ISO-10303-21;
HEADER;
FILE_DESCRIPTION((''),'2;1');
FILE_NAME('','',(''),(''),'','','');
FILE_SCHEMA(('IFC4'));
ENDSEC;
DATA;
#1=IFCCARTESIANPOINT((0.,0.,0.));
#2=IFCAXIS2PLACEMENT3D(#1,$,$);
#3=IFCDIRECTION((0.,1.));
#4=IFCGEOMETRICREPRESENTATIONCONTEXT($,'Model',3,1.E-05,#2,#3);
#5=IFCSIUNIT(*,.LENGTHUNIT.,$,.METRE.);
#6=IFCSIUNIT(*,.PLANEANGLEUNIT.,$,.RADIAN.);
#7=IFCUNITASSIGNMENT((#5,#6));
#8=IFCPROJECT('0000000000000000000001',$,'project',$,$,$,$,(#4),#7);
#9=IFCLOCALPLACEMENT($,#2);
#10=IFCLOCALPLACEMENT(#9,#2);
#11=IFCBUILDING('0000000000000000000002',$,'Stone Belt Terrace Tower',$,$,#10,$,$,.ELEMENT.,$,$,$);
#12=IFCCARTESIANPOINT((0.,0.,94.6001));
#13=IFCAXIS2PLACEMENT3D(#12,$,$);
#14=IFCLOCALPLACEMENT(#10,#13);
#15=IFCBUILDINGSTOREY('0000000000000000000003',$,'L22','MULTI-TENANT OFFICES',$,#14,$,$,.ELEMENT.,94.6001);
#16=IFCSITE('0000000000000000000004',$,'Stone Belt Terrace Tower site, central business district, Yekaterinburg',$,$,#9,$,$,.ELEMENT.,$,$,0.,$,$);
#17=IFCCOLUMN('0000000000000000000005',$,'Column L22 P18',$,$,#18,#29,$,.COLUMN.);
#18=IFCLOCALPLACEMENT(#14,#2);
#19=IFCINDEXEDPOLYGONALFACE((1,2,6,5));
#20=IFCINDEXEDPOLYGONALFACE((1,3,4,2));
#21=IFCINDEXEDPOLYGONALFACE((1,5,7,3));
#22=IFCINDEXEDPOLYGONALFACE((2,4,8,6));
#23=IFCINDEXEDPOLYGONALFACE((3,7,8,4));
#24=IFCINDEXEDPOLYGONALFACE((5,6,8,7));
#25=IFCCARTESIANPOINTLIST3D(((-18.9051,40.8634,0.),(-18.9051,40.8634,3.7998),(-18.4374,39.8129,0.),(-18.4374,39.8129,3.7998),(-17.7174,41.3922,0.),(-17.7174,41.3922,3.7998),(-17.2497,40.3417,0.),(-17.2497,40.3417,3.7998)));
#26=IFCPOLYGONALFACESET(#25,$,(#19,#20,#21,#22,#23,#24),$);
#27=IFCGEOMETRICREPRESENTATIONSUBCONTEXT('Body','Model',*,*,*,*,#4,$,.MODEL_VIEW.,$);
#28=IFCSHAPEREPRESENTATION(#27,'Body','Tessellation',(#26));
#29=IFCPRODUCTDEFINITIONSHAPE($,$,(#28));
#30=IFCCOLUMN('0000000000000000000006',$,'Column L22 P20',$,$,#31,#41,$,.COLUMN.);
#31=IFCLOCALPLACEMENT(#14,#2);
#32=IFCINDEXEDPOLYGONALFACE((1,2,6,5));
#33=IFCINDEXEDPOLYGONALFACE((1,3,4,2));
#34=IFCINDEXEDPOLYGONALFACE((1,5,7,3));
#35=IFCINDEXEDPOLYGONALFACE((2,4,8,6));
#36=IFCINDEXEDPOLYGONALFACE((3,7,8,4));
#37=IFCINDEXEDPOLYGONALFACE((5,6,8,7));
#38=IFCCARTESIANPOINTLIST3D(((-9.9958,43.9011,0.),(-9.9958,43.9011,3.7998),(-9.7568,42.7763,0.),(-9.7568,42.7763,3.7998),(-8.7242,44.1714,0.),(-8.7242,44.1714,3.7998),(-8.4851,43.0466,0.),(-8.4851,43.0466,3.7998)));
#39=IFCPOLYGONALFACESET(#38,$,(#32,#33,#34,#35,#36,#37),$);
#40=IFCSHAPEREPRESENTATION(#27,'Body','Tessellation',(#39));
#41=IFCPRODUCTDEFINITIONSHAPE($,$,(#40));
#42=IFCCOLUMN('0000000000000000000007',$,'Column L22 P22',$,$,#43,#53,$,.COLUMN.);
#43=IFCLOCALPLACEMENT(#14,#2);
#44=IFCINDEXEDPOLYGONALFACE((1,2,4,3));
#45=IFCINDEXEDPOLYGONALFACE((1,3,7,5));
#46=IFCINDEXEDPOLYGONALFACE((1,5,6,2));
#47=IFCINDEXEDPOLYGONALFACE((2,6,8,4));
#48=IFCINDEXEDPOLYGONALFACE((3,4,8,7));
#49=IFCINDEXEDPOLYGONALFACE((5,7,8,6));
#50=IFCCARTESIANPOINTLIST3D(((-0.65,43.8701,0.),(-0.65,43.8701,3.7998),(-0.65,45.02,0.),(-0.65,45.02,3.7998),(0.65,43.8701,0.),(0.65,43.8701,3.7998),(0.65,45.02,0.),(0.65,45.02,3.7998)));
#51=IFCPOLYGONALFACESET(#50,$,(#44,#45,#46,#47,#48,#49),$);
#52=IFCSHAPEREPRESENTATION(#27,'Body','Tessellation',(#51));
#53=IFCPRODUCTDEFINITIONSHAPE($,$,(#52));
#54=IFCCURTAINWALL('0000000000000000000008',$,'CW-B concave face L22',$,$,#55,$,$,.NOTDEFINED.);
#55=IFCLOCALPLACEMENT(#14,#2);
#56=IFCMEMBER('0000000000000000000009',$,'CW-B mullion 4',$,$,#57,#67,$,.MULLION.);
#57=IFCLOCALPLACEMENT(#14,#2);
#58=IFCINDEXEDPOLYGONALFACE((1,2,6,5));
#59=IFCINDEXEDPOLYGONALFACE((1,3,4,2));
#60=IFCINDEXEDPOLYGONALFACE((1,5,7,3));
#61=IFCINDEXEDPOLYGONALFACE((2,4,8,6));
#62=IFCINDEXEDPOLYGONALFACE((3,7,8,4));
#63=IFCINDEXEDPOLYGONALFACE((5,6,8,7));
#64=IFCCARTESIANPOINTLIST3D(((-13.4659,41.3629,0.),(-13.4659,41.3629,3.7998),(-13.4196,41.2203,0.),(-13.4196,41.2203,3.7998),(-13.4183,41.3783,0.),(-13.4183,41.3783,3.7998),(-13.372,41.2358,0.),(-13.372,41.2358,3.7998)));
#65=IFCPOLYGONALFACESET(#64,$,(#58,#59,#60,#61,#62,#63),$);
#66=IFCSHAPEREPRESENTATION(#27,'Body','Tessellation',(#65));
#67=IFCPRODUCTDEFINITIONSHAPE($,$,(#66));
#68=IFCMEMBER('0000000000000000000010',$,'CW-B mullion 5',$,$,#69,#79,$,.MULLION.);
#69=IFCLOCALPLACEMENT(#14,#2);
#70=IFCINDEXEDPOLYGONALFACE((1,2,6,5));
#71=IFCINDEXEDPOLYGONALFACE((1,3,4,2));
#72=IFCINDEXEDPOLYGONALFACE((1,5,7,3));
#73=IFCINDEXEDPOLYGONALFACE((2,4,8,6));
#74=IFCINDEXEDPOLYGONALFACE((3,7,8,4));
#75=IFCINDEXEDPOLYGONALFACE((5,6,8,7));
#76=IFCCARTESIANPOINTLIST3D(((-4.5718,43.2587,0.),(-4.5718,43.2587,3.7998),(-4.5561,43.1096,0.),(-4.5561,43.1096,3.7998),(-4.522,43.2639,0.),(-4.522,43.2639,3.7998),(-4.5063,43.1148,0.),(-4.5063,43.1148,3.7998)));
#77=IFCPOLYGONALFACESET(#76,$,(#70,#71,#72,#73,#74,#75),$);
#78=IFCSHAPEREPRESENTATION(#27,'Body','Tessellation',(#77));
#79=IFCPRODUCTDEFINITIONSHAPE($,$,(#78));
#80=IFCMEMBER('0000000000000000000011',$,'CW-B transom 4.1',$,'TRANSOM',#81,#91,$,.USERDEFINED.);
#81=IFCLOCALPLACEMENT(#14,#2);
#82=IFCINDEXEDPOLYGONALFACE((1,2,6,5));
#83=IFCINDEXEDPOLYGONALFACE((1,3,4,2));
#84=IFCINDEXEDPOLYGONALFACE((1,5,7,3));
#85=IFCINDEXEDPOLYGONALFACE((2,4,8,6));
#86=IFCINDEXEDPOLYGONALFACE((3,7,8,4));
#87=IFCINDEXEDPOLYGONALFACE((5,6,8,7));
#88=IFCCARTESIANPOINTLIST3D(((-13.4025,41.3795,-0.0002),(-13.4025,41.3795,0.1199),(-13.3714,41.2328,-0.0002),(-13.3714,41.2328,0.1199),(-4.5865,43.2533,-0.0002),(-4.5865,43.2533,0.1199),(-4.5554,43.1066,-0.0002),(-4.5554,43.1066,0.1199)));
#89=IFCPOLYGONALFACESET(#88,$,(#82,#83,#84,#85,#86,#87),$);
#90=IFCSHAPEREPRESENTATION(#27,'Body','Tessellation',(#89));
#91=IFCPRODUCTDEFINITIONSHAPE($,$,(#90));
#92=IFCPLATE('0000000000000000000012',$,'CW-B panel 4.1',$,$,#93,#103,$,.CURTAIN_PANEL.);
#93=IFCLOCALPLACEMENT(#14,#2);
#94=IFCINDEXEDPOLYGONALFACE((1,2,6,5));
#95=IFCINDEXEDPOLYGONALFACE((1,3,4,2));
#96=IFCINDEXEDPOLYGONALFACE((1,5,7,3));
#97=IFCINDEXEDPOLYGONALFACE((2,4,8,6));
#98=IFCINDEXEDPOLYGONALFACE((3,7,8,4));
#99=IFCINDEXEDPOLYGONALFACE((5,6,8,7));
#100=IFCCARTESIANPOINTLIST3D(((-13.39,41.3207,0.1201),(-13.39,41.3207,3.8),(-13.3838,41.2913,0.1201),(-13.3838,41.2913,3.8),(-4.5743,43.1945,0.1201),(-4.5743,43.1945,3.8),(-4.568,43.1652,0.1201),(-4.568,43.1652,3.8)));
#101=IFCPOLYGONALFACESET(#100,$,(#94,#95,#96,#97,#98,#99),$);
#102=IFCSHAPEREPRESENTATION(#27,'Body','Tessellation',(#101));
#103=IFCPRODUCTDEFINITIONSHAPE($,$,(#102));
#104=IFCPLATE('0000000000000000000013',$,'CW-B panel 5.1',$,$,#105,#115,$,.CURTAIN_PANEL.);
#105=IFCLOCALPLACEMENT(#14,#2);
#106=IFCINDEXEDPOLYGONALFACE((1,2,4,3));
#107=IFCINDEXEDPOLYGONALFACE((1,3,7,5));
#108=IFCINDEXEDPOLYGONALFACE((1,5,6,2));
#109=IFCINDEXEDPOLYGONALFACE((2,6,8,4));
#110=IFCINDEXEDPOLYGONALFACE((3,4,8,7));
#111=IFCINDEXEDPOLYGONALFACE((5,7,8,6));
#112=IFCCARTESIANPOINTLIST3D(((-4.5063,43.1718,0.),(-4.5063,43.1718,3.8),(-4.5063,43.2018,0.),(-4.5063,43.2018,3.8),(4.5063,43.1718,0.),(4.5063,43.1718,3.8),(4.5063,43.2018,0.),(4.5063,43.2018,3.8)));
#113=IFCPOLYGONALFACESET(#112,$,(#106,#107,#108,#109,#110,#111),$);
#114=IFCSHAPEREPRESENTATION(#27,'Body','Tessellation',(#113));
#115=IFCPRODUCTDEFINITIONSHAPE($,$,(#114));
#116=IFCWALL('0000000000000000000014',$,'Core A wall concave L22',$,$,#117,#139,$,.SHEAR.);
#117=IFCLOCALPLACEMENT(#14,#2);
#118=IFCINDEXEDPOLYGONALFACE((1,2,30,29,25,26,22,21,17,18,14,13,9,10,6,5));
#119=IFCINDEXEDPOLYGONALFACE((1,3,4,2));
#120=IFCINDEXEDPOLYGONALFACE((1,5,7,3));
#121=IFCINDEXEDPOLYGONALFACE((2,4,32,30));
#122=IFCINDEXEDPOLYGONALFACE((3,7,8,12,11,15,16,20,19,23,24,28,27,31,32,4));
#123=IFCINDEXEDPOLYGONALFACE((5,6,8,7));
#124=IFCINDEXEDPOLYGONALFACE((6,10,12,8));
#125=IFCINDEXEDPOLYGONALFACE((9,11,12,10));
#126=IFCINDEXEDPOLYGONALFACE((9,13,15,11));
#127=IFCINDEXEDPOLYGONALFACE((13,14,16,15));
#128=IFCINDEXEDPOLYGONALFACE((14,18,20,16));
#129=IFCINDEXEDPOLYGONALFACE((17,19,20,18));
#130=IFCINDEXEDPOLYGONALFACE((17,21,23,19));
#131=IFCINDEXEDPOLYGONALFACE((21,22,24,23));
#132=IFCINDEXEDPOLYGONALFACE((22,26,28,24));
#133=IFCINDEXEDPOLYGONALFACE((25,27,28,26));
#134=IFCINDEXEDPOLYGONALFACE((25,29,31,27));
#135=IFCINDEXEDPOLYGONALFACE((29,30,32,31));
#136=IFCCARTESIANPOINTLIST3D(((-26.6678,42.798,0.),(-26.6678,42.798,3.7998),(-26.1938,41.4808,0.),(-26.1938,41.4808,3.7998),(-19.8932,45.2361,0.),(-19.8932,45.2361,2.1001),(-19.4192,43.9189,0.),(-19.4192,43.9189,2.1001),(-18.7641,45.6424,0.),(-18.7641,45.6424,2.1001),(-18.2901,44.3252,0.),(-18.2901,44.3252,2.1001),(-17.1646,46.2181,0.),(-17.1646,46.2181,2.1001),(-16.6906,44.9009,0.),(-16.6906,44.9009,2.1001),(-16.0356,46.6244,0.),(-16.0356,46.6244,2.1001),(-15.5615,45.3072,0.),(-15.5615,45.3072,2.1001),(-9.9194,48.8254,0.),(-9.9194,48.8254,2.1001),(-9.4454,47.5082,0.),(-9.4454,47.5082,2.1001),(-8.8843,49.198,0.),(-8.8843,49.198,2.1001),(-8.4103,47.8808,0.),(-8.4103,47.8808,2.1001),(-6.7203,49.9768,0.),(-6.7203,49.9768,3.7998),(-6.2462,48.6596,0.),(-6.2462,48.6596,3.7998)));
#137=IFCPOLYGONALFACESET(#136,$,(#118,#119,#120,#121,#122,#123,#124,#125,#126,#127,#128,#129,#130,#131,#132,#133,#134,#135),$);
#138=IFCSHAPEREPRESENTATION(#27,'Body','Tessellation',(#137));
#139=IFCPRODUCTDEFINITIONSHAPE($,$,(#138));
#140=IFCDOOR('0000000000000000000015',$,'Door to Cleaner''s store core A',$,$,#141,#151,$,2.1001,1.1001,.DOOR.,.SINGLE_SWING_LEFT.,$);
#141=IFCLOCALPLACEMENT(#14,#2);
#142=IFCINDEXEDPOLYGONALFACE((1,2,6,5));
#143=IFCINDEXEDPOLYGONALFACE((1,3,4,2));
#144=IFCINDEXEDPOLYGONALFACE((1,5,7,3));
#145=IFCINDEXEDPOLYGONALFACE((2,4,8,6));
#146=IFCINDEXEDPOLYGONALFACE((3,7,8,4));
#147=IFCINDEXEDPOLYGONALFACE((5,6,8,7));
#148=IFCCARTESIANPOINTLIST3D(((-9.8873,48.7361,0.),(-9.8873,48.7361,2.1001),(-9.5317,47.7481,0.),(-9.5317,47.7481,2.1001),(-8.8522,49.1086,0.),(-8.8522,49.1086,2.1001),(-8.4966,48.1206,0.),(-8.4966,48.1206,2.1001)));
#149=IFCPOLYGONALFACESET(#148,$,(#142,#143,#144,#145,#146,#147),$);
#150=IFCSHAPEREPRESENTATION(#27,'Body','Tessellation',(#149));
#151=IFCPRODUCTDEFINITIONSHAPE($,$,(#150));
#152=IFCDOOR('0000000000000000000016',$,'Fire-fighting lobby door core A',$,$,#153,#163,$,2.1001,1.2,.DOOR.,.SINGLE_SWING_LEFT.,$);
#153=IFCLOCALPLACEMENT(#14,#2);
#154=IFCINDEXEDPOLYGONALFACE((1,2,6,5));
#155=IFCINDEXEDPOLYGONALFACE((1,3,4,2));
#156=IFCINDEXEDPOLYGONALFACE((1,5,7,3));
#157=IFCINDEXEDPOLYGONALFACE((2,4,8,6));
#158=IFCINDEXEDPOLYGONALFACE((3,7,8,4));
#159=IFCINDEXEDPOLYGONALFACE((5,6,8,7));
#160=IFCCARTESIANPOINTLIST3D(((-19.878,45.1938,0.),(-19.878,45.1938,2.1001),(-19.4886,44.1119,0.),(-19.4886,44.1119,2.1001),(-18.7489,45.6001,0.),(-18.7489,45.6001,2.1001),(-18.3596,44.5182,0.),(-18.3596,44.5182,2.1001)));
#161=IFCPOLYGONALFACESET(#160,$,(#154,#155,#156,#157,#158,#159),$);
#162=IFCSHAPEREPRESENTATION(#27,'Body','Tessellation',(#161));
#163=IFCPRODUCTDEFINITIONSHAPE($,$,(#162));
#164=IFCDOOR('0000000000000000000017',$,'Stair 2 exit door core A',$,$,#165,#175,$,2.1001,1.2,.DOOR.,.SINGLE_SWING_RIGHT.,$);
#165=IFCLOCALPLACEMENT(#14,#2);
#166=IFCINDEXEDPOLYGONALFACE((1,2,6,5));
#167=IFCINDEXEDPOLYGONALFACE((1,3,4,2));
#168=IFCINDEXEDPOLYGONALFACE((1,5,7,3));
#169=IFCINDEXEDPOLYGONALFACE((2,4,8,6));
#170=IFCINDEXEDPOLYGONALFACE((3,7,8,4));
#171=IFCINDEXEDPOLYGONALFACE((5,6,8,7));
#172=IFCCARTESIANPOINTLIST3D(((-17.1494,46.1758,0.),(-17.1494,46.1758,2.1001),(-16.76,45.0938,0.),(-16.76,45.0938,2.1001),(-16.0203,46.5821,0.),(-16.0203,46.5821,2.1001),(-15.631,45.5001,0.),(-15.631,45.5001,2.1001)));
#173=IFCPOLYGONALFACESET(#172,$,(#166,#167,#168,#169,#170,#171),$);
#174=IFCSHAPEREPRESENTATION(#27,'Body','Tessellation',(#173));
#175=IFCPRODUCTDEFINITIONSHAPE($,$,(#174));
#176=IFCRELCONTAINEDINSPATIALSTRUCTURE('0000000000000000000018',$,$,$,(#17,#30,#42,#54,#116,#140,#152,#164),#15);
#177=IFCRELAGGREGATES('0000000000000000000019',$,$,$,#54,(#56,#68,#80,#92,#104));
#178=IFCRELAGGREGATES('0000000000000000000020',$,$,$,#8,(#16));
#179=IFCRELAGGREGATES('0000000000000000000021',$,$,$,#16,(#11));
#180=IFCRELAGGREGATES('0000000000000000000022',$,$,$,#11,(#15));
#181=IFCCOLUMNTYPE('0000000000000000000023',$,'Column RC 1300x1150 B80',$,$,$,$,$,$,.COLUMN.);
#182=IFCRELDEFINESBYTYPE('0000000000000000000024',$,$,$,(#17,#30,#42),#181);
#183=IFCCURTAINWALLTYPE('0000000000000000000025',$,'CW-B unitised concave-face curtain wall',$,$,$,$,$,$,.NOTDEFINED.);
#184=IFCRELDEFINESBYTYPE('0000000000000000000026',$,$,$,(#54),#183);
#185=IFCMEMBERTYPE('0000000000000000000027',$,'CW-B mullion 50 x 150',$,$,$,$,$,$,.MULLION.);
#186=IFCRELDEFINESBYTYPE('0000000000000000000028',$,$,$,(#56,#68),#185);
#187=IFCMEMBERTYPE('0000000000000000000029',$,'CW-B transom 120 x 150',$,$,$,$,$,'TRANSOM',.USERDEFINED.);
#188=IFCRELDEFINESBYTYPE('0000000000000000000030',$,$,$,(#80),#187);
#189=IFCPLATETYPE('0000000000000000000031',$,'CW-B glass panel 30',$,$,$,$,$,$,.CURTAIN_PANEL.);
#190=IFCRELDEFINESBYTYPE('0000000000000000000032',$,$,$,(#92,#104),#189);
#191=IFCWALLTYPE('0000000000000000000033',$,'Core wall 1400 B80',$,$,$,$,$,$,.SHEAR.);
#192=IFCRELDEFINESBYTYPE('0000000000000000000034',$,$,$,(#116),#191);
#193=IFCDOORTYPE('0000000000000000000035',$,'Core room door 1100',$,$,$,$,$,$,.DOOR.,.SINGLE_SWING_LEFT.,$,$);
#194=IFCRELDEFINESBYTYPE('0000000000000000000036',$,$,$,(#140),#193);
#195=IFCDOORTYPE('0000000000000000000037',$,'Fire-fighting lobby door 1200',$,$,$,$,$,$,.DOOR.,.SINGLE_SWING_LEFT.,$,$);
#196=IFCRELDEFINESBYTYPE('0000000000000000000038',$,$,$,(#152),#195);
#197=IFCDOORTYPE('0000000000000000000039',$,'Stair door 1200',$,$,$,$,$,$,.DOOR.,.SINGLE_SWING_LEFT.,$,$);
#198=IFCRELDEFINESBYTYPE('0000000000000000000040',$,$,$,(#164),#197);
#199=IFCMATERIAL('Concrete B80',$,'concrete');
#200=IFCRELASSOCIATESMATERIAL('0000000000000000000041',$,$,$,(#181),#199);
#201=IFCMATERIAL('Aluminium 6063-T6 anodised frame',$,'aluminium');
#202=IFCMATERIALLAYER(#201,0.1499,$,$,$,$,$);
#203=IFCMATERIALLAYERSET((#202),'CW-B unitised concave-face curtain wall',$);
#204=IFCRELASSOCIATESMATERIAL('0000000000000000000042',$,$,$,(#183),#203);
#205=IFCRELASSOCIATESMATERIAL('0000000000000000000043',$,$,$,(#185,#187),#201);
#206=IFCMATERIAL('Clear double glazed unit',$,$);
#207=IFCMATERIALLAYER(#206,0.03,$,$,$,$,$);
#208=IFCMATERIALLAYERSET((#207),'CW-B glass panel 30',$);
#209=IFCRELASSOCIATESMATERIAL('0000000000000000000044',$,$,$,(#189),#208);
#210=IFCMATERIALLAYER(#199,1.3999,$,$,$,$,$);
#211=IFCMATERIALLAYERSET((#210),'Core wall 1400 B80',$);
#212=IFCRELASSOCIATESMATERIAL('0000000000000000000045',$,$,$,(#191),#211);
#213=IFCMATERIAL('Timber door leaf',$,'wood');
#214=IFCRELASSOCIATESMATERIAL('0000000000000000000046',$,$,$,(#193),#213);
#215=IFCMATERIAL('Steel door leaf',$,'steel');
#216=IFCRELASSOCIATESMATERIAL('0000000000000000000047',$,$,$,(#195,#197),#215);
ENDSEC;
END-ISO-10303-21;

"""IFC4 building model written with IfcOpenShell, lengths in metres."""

from ifc_helpers import new_model, si_unit, direction, frame, frame_2d, origin, origin_2d, place, context, subcontext, project, spatial, rectangle, extrude, material, layer, layer_set, material_profile, profile_set, type_object, element, fill, aggregate, save


model = new_model("IFC4")

# Units and contexts
model_context = context("Model", 3, precision=1e-05, world=origin(), true_north=direction((0.0, 1.0)))
body_context = subcontext(model_context, "Body", "Model", "MODEL_VIEW")
ifc_project = project(units=[si_unit("LENGTHUNIT", "METRE"), si_unit("PLANEANGLEUNIT", "RADIAN")], contexts=[model_context])

# Site, building, storey
site_placement = place(None, origin())
site = spatial("IfcSite", under=ifc_project, at=site_placement, Name="Stone Belt Terrace Tower site, central business district, Yekaterinburg", CompositionType="ELEMENT", RefElevation=0.0)
building_placement = place(site_placement, origin())
building = spatial("IfcBuilding", under=site, at=building_placement, Name="Stone Belt Terrace Tower", CompositionType="ELEMENT")
storey_placement = place(building_placement, frame((0.0, 0.0, 94.6001)))
storey = spatial("IfcBuildingStorey", under=building, at=storey_placement, Name="L22", Description="MULTI-TENANT OFFICES", CompositionType="ELEMENT", Elevation=94.6001)

# Columns
ifc_material_1 = material(Name="Concrete B80", Category="concrete")
ifc_material_profile_1 = material_profile(ifc_material_1, rectangle(XDim=1.3, YDim=1.1499, at=origin_2d()), Name="RC 1300x1150")
ifc_profile_set_1 = profile_set([ifc_material_profile_1], Name="Concrete B80")
column_type = type_object("IfcColumnType", Name="Column RC 1300x1150 B80", PredefinedType="COLUMN", material=ifc_profile_set_1)
for number, where, z_axis, x_axis, name in (
    (1, (-18.0774, 40.6025, 0.0), (0.0, 0.0, 1.0), (0.913545, 0.406737, 0.0), "Column L22 P18"),
    (2, (-9.2405, 43.4739, 0.0), (0.0, 0.0, 1.0), (0.978148, 0.207912, 0.0), "Column L22 P20"),
    (3, (0.0, 44.4451, 0.0), (0.0, 0.0, 1.0), (1.0, 0.0, 0.0), "Column L22 P22"),
):
    element("IfcColumn", number, at=place(storey_placement, frame(where, z_axis=z_axis, x_axis=x_axis)), inside=storey, type_object=column_type, Name=name, PredefinedType="COLUMN", context=body_context, shape_type="SweptSolid", body=[
        extrude(rectangle(XDim=1.3, YDim=1.1499, at=origin_2d()), origin(), (0.0, 0.0, 1.0), 3.7998),
    ])

# Curtain wall, members, plates
ifc_material_2 = material(Name="Aluminium 6063-T6 anodised frame", Category="aluminium")
ifc_layer_1 = layer(ifc_material_2, 0.1499)
ifc_layer_set_1 = layer_set([ifc_layer_1], Name="CW-B unitised concave-face curtain wall")
curtain_wall_type = type_object("IfcCurtainWallType", Name="CW-B unitised concave-face curtain wall", PredefinedType="NOTDEFINED", material=ifc_layer_set_1)
curtain_wall_placement = place(storey_placement, origin())
curtain_wall = element("IfcCurtainWall", 4, at=curtain_wall_placement, inside=storey, type_object=curtain_wall_type, Name="CW-B concave face L22", PredefinedType="NOTDEFINED")
ifc_material_profile_2 = material_profile(ifc_material_2, rectangle(XDim=0.1499, YDim=0.05, at=origin_2d()), Name="Aluminium 6063-T6 50x150")
ifc_profile_set_2 = profile_set([ifc_material_profile_2], Name="Aluminium 6063-T6 anodised frame")
member_type_1 = type_object("IfcMemberType", Name="CW-B mullion 50 x 150", PredefinedType="MULLION", material=ifc_profile_set_2)
member_1_placement = place(storey_placement, frame((-13.4189, 41.2993, 0.0), z_axis=(0.0, 0.0, 1.0), x_axis=(-0.309017, 0.951057, 0.0)))
member_1 = element("IfcMember", 5, at=member_1_placement, type_object=member_type_1, Name="CW-B mullion 4", PredefinedType="MULLION", context=body_context, shape_type="SweptSolid", body=[
    extrude(rectangle(XDim=0.1499, YDim=0.05, at=origin_2d()), origin(), (0.0, 0.0, 1.0), 3.7998),
])
member_2_placement = place(storey_placement, frame((-4.5391, 43.1868, 0.0), z_axis=(0.0, 0.0, 1.0), x_axis=(-0.104528, 0.994522, 0.0)))
member_2 = element("IfcMember", 6, at=member_2_placement, type_object=member_type_1, Name="CW-B mullion 5", PredefinedType="MULLION", context=body_context, shape_type="SweptSolid", body=[
    extrude(rectangle(XDim=0.1499, YDim=0.05, at=origin_2d()), origin(), (0.0, 0.0, 1.0), 3.7998),
])
ifc_material_profile_3 = material_profile(ifc_material_2, rectangle(XDim=0.1499, YDim=0.1201, at=origin_2d()), Name="Aluminium 6063-T6 150x120")
ifc_profile_set_3 = profile_set([ifc_material_profile_3], Name="Aluminium 6063-T6 anodised frame")
member_type_2 = type_object("IfcMemberType", Name="CW-B transom 120 x 150", ElementType="TRANSOM", PredefinedType="USERDEFINED", material=ifc_profile_set_3)
member_3_placement = place(storey_placement, frame((-13.387, 41.3062, 0.0598), z_axis=(0.97815, 0.207901, 0.0), x_axis=(-0.207901, 0.97815, 0.0)))
member_3 = element("IfcMember", 7, at=member_3_placement, type_object=member_type_2, Name="CW-B transom 4.1", ObjectType="TRANSOM", PredefinedType="USERDEFINED", context=body_context, shape_type="SweptSolid", body=[
    extrude(rectangle(XDim=0.1499, YDim=0.1201, at=origin_2d()), origin(), (0.0, 0.0, 1.0), 9.0129),
])
ifc_material_3 = material(Name="Clear double glazed unit")
ifc_layer_2 = layer(ifc_material_3, 0.03)
ifc_layer_set_2 = layer_set([ifc_layer_2], Name="CW-B glass panel 30")
plate_type = type_object("IfcPlateType", Name="CW-B glass panel 30", PredefinedType="CURTAIN_PANEL", material=ifc_layer_set_2)
plate_1_placement = place(storey_placement, frame((-8.979, 42.2429, 0.1201), z_axis=(0.0, 0.0, 1.0), x_axis=(0.978148, 0.207912, 0.0)))
plate_1 = element("IfcPlate", 8, at=plate_1_placement, type_object=plate_type, Name="CW-B panel 4.1", PredefinedType="CURTAIN_PANEL", context=body_context, shape_type="SweptSolid", body=[
    extrude(rectangle(XDim=9.0127, YDim=0.03, at=origin_2d()), origin(), (0.0, 0.0, 1.0), 3.6799),
])
plate_2_placement = place(storey_placement, frame((0.0, 43.1868, 0.0), z_axis=(0.0, 0.0, 1.0), x_axis=(1.0, 0.0, 0.0)))
plate_2 = element("IfcPlate", 9, at=plate_2_placement, type_object=plate_type, Name="CW-B panel 5.1", PredefinedType="CURTAIN_PANEL", context=body_context, shape_type="SweptSolid", body=[
    extrude(rectangle(XDim=9.0127, YDim=0.03, at=origin_2d()), origin(), (0.0, 0.0, 1.0), 3.8),
])
aggregate(curtain_wall, [member_1, member_2, member_3, plate_1, plate_2])

# Wall, openings, doors
ifc_layer_3 = layer(ifc_material_1, 1.3999)
ifc_layer_set_3 = layer_set([ifc_layer_3], Name="Core wall 1400 B80")
wall_type_1 = type_object("IfcWallType", Name="Core wall 1400 B80", PredefinedType="SHEAR", material=ifc_layer_set_3)
wall_1_placement = place(storey_placement, frame((-26.4309, 42.1394, 0.0), z_axis=(0.0, 0.0, 1.0), x_axis=(0.940923, 0.33862, 0.0)))
wall_1 = element("IfcWall", 10, at=wall_1_placement, inside=storey, type_object=wall_type_1, Name="Core A wall concave L22", PredefinedType="SHEAR", context=body_context, shape_type="SweptSolid", body=[
    extrude(rectangle(XDim=21.2, YDim=1.3999, at=frame_2d((10.6001, 0.0))), origin(), (0.0, 0.0, 1.0), 3.7998),
])
opening_1_placement = place(wall_1_placement, frame((7.2, 0.0, 0.0)))
opening_1 = element("IfcOpeningElement", 11, at=opening_1_placement, cuts=wall_1, PredefinedType="OPENING", context=body_context, shape_type="SweptSolid", body=[
    extrude(rectangle(XDim=1.2, YDim=2.1001, at=frame_2d((0.6001, 1.05))), frame((0.0, 0.71, 0.0), z_axis=(0.0, -1.0, 0.0), x_axis=(1.0, 0.0, 0.0)), (0.0, 0.0, 1.0), 1.4199),
])
opening_2_placement = place(wall_1_placement, frame((10.0999, 0.0, 0.0)))
opening_2 = element("IfcOpeningElement", 12, at=opening_2_placement, cuts=wall_1, PredefinedType="OPENING", context=body_context, shape_type="SweptSolid", body=[
    extrude(rectangle(XDim=1.2, YDim=2.1001, at=frame_2d((0.6001, 1.05))), frame((0.0, 0.71, 0.0), z_axis=(0.0, -1.0, 0.0), x_axis=(1.0, 0.0, 0.0)), (0.0, 0.0, 1.0), 1.4199),
])
opening_3_placement = place(wall_1_placement, frame((17.8, 0.0, 0.0)))
opening_3 = element("IfcOpeningElement", 13, at=opening_3_placement, cuts=wall_1, PredefinedType="OPENING", context=body_context, shape_type="SweptSolid", body=[
    extrude(rectangle(XDim=1.1001, YDim=2.1001, at=frame_2d((0.55, 1.05))), frame((0.0, 0.71, 0.0), z_axis=(0.0, -1.0, 0.0), x_axis=(1.0, 0.0, 0.0)), (0.0, 0.0, 1.0), 1.4199),
])
ifc_material_4 = material(Name="Timber door leaf", Category="wood")
door_type_1 = type_object("IfcDoorType", Name="Core room door 1100", OperationType="SINGLE_SWING_LEFT", PredefinedType="DOOR", material=ifc_material_4)
door_1_placement = place(opening_3_placement, origin())
door_1 = element("IfcDoor", 14, at=door_1_placement, inside=storey, type_object=door_type_1, Name="Door to Cleaner's store core A", OperationType="SINGLE_SWING_LEFT", OverallHeight=2.1001, OverallWidth=1.1001, PredefinedType="DOOR", context=body_context, shape_type="SweptSolid", body=[
    extrude(rectangle(XDim=1.1001, YDim=2.1001, at=frame_2d((0.55, 1.05))), frame((0.0, 0.605, 0.0), z_axis=(0.0, -1.0, 0.0), x_axis=(1.0, 0.0, 0.0)), (0.0, 0.0, 1.0), 1.05),
])
fill(opening_3, door_1)
ifc_material_5 = material(Name="Steel door leaf", Category="steel")
door_type_2 = type_object("IfcDoorType", Name="Fire-fighting lobby door 1200", OperationType="SINGLE_SWING_LEFT", PredefinedType="DOOR", material=ifc_material_5)
door_2_placement = place(opening_1_placement, origin())
door_2 = element("IfcDoor", 15, at=door_2_placement, inside=storey, type_object=door_type_2, Name="Fire-fighting lobby door core A", OperationType="SINGLE_SWING_LEFT", OverallHeight=2.1001, OverallWidth=1.2, PredefinedType="DOOR", context=body_context, shape_type="SweptSolid", body=[
    extrude(rectangle(XDim=1.2, YDim=2.1001, at=frame_2d((0.6001, 1.05))), frame((0.0, 0.655, 0.0), z_axis=(0.0, -1.0, 0.0), x_axis=(1.0, 0.0, 0.0)), (0.0, 0.0, 1.0), 1.1499),
])
fill(opening_1, door_2)
door_type_3 = type_object("IfcDoorType", Name="Stair door 1200", OperationType="SINGLE_SWING_LEFT", PredefinedType="DOOR", material=ifc_material_5)
door_3_placement = place(opening_2_placement, origin())
door_3 = element("IfcDoor", 16, at=door_3_placement, inside=storey, type_object=door_type_3, Name="Stair 2 exit door core A", OperationType="SINGLE_SWING_RIGHT", OverallHeight=2.1001, OverallWidth=1.2, PredefinedType="DOOR", context=body_context, shape_type="SweptSolid", body=[
    extrude(rectangle(XDim=1.2, YDim=2.1001, at=frame_2d((0.6001, 1.05))), frame((0.0, 0.655, 0.0), z_axis=(0.0, -1.0, 0.0), x_axis=(1.0, 0.0, 0.0)), (0.0, 0.0, 1.0), 1.1499),
])
fill(opening_2, door_3)

save(model, "model.ifc")
